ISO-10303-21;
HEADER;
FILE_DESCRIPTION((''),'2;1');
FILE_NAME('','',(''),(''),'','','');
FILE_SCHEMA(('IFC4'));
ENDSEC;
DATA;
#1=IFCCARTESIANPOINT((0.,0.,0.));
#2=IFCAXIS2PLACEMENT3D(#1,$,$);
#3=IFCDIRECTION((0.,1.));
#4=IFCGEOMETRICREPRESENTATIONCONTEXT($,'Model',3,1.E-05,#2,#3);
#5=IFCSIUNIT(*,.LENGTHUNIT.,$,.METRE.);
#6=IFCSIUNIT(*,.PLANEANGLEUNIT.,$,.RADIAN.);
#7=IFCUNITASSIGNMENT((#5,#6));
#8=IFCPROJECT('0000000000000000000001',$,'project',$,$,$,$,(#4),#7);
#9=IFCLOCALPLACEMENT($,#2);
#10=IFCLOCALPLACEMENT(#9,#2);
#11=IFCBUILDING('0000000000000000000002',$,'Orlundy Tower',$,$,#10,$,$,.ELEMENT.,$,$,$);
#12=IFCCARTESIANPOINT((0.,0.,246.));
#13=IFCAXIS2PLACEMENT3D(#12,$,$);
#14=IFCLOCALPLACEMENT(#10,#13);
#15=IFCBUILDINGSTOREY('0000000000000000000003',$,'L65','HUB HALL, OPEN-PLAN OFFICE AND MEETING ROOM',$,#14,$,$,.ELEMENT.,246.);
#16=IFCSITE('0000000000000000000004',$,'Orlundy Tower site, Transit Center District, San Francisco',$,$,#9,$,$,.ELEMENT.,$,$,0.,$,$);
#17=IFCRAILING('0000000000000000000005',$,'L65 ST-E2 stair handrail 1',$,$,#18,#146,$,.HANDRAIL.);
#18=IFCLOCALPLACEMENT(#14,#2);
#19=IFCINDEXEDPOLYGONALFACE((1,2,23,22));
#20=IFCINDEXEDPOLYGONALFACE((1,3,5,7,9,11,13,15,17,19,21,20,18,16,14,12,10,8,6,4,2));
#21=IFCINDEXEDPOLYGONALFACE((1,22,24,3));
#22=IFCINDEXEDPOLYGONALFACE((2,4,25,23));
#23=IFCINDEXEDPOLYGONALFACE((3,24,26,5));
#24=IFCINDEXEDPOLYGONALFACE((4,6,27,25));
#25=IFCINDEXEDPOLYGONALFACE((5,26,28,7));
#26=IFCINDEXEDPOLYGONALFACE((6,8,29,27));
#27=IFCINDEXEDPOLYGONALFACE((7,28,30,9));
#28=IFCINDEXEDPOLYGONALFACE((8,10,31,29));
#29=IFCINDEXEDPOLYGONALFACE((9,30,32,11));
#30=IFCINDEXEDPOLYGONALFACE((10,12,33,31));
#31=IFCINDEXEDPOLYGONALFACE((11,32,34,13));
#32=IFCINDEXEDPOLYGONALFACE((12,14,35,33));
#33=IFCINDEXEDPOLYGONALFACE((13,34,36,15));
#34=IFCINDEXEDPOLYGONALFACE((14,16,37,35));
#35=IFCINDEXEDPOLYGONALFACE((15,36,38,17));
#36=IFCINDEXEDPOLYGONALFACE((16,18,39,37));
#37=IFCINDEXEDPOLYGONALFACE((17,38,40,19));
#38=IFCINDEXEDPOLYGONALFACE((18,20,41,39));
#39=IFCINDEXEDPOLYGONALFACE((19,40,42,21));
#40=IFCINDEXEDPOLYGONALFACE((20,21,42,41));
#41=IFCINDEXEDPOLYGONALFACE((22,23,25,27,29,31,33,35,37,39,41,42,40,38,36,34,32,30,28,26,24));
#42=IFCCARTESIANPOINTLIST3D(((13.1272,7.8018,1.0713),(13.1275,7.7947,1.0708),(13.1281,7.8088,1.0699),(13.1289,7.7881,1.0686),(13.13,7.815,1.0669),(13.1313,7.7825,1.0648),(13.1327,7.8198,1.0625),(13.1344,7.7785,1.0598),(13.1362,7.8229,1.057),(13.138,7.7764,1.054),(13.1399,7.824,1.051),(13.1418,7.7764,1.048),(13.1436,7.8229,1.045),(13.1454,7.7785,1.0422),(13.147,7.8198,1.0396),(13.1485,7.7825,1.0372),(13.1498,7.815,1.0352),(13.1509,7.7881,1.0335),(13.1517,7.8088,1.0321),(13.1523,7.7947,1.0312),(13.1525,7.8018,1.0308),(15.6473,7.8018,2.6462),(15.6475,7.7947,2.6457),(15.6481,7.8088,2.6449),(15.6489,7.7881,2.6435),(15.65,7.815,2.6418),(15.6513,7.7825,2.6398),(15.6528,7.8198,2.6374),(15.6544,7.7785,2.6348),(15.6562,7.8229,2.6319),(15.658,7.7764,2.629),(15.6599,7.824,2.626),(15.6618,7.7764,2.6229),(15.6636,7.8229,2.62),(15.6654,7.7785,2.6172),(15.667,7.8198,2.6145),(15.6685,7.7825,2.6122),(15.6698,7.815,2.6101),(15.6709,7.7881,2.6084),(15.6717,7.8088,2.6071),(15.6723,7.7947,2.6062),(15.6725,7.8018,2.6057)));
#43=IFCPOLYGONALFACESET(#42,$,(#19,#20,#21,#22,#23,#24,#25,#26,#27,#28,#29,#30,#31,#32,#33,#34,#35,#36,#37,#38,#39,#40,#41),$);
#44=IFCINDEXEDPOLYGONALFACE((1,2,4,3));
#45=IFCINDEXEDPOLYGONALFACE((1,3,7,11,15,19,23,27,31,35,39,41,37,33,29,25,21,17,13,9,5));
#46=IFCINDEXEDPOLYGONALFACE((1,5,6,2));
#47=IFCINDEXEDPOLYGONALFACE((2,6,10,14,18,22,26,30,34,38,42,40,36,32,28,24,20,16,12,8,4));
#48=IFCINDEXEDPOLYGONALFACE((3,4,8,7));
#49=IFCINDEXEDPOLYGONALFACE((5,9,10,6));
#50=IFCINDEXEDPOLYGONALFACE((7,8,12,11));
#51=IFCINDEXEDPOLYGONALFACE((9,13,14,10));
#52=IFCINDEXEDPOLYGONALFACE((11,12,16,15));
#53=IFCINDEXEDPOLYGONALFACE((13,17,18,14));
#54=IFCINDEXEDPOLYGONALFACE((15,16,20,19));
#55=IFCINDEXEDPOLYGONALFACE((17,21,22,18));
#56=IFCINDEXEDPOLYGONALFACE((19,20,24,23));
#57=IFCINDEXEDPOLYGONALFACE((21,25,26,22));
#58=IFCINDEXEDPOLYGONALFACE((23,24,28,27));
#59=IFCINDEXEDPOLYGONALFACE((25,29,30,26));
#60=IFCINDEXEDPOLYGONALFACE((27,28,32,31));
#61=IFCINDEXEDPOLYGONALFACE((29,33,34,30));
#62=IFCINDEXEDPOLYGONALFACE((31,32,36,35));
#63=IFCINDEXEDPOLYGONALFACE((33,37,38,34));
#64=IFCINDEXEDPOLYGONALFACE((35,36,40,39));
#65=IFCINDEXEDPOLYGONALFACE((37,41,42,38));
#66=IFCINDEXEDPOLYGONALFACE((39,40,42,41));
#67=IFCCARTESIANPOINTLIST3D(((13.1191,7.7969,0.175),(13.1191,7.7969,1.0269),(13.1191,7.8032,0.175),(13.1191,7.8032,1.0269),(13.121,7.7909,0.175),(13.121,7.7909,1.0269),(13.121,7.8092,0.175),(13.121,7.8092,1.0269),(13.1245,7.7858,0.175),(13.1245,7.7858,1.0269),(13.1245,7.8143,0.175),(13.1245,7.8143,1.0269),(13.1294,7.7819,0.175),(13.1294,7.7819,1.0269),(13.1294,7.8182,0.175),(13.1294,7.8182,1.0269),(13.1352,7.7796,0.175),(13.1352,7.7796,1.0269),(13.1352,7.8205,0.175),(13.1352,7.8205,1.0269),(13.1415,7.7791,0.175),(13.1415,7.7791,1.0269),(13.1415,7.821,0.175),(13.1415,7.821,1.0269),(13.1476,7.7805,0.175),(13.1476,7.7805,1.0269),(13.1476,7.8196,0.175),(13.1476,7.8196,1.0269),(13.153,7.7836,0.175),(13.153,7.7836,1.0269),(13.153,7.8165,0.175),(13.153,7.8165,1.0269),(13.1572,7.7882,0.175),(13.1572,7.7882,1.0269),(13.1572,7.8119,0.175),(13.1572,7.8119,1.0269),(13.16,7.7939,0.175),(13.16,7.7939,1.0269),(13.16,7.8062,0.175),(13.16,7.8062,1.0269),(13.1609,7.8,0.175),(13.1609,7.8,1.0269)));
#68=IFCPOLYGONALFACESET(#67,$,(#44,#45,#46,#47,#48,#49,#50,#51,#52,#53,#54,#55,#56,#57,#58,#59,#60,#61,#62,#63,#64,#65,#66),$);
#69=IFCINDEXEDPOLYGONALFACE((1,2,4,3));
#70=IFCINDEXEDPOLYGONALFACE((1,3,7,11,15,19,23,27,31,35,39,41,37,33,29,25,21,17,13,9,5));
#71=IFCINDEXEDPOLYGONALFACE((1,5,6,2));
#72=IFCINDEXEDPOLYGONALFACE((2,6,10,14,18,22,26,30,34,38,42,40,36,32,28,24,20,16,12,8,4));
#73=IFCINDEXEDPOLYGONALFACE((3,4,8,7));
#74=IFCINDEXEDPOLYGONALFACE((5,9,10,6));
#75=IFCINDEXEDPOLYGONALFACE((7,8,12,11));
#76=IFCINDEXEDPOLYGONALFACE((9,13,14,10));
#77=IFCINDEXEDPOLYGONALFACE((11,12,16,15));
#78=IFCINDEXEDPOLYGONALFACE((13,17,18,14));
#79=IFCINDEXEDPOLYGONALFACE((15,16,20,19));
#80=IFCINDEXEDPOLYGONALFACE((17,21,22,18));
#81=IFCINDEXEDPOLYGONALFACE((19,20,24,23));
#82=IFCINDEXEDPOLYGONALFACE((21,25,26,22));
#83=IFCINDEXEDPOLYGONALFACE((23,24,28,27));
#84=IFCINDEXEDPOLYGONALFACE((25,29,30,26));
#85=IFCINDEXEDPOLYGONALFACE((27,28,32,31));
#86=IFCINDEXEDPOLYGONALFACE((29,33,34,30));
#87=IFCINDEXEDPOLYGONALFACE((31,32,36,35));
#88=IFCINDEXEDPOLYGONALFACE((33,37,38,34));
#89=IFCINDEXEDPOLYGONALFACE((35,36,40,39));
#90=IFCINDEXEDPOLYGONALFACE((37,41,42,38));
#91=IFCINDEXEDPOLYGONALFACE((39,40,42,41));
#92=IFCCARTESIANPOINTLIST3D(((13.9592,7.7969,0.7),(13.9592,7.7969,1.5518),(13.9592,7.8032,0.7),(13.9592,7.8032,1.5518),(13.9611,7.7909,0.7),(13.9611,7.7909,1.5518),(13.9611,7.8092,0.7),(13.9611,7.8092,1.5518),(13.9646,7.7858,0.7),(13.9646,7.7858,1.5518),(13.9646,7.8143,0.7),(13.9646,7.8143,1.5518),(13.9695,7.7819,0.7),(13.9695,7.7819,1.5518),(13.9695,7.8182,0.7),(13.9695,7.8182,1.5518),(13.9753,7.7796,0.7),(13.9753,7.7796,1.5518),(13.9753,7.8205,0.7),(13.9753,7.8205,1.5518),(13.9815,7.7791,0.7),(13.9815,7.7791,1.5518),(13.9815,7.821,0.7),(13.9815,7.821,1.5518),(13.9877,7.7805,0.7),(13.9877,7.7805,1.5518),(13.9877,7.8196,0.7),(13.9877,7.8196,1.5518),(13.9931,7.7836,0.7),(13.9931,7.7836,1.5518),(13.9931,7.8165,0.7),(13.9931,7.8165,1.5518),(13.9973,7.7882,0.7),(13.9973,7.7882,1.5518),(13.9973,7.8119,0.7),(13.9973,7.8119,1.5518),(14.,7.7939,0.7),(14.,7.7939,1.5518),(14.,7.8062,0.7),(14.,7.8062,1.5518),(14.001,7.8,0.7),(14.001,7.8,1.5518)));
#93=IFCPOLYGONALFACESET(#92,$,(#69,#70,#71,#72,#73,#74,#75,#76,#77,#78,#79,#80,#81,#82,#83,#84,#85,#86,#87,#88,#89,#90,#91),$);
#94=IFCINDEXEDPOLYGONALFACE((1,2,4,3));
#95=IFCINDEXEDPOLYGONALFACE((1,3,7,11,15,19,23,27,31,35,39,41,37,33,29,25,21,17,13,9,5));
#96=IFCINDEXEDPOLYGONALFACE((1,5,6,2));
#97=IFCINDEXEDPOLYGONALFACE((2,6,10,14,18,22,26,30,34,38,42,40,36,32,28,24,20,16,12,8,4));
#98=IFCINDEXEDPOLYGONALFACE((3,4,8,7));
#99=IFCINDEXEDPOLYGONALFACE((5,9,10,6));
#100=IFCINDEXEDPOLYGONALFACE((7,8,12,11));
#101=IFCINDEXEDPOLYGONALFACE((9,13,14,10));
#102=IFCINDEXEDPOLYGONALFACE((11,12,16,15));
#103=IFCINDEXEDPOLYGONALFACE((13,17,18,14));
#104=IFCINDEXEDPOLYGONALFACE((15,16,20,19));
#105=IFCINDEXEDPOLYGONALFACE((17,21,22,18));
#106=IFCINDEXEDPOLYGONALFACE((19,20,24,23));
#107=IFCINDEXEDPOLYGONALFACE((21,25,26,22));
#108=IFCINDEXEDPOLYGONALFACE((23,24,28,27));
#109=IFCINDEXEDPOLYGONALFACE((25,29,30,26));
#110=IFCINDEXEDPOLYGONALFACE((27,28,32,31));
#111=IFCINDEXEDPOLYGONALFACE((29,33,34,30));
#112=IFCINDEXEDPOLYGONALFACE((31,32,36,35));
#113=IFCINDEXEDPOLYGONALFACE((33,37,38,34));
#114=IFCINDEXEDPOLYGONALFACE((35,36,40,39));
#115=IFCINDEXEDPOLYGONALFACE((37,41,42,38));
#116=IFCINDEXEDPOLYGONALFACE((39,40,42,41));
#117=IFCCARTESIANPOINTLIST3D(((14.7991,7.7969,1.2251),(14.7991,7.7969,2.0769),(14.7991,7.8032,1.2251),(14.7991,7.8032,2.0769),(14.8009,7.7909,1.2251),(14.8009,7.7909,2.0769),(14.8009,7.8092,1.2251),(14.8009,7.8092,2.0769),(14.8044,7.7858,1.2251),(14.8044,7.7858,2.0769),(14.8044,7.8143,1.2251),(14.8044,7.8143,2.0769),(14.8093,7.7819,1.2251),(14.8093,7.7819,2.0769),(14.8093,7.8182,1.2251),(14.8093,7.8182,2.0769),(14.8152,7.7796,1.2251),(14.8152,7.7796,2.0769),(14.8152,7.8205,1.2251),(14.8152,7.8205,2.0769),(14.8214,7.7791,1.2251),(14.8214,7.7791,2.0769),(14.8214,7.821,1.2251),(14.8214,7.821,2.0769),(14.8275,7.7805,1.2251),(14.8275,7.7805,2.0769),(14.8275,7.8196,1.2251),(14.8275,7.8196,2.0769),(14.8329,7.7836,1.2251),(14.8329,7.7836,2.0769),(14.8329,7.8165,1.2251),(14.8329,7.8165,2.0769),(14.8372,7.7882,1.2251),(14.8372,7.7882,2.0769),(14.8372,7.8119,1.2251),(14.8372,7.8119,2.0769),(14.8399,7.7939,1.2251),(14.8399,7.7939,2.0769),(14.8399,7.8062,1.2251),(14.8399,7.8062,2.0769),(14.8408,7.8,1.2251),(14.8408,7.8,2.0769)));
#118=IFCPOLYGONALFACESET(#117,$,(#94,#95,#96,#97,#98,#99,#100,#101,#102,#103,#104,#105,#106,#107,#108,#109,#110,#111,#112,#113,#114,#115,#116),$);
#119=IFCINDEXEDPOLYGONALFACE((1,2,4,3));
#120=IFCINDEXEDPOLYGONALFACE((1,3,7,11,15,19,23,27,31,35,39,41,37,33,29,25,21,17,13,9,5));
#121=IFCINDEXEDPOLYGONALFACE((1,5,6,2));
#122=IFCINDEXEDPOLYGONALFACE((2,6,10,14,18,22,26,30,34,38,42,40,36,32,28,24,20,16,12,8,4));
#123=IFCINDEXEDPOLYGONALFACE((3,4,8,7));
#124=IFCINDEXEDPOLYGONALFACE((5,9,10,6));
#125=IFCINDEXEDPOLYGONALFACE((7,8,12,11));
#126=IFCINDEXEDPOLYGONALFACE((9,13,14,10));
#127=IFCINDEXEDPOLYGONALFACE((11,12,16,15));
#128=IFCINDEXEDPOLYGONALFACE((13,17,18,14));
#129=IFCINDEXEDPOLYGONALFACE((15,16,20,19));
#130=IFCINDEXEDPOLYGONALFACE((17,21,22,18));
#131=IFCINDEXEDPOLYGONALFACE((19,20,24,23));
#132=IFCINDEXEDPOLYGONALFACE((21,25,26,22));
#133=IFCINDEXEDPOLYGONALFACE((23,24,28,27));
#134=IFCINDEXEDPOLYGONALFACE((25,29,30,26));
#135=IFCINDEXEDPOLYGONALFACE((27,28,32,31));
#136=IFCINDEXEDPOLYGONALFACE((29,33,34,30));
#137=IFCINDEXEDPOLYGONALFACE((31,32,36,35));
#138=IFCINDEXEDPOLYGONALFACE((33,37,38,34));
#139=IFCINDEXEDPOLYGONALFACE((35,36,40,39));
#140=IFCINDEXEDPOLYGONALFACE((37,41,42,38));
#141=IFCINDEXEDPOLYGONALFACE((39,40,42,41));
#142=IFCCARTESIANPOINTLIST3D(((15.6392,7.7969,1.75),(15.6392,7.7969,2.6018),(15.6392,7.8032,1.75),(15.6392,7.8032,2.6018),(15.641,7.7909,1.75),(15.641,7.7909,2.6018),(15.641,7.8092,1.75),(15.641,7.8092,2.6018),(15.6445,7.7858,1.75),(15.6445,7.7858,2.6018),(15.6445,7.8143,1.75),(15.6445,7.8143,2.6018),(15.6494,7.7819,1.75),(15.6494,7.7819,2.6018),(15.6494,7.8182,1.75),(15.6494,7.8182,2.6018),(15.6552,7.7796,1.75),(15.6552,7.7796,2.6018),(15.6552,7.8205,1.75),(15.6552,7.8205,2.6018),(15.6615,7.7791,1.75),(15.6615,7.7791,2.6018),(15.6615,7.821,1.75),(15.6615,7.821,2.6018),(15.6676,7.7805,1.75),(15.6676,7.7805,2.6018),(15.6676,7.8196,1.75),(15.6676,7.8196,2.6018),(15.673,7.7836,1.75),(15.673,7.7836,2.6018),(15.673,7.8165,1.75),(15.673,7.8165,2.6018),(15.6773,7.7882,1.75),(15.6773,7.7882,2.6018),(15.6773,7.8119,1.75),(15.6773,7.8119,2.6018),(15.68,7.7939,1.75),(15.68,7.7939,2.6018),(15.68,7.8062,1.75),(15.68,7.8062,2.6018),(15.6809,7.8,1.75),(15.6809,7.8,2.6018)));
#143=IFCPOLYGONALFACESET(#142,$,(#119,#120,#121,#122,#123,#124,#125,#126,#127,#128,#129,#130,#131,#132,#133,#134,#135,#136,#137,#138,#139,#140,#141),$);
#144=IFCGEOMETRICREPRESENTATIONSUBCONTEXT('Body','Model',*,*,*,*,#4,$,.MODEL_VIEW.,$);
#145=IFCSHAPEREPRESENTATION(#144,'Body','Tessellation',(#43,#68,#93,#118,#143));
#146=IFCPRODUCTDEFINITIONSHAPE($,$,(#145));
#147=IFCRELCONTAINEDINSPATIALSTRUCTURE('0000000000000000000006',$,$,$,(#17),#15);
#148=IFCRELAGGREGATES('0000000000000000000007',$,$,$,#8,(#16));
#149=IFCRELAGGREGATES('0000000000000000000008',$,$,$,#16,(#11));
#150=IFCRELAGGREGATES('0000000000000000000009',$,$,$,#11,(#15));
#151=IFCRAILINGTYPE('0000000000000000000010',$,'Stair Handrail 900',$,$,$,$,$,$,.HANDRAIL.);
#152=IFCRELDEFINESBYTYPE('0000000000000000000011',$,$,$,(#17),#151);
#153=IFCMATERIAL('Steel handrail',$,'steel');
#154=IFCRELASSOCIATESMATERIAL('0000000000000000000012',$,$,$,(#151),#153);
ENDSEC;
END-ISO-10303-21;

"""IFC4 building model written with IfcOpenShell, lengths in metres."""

from ifc_helpers import new_model, si_unit, direction, frame, origin, origin_2d, place, context, subcontext, project, spatial, circle, extrude, material, type_object, element, save


model = new_model("IFC4")

# Units and contexts
model_context = context("Model", 3, precision=1e-05, world=origin(), true_north=direction((0.0, 1.0)))
body_context = subcontext(model_context, "Body", "Model", "MODEL_VIEW")
ifc_project = project(units=[si_unit("LENGTHUNIT", "METRE"), si_unit("PLANEANGLEUNIT", "RADIAN")], contexts=[model_context])

# Site, building, storey
site_placement = place(None, origin())
site = spatial("IfcSite", under=ifc_project, at=site_placement, Name="Orlundy Tower site, Transit Center District, San Francisco", CompositionType="ELEMENT", RefElevation=0.0)
building_placement = place(site_placement, origin())
building = spatial("IfcBuilding", under=site, at=building_placement, Name="Orlundy Tower", CompositionType="ELEMENT")
storey_placement = place(building_placement, frame((0.0, 0.0, 246.0)))
storey = spatial("IfcBuildingStorey", under=building, at=storey_placement, Name="L65", Description="HUB HALL, OPEN-PLAN OFFICE AND MEETING ROOM", CompositionType="ELEMENT", Elevation=246.0)

# Railing
ifc_material_1 = material(Name="Steel handrail", Category="steel")
railing_type_1 = type_object("IfcRailingType", Name="Stair Handrail 900", PredefinedType="HANDRAIL", material=ifc_material_1)
railing_1_placement = place(storey_placement, frame((13.1399, 7.8, 0.175)))
element("IfcRailing", 1, at=railing_1_placement, inside=storey, type_object=railing_type_1, Name="L65 ST-E2 stair handrail 1", PredefinedType="HANDRAIL", context=body_context, shape_type="SweptSolid", body=[
    extrude(circle(Radius=0.0239, at=origin_2d()), frame((0.0, 0.0, 0.876), z_axis=(0.848008, 0.0, 0.529984), x_axis=(0.0, 1.0, 0.0)), (0.0, 0.0, 1.0), 2.9717),
    extrude(circle(Radius=0.021, at=origin_2d()), origin(), (0.0, 0.0, 1.0), 0.8518),
    extrude(circle(Radius=0.021, at=origin_2d()), frame((0.8401, 0.0, 0.5249)), (0.0, 0.0, 1.0), 0.8518),
    extrude(circle(Radius=0.021, at=origin_2d()), frame((1.6799, 0.0, 1.05)), (0.0, 0.0, 1.0), 0.8518),
    extrude(circle(Radius=0.021, at=origin_2d()), frame((2.52, 0.0, 1.575)), (0.0, 0.0, 1.0), 0.8518),
])

save(model, "model.ifc")
